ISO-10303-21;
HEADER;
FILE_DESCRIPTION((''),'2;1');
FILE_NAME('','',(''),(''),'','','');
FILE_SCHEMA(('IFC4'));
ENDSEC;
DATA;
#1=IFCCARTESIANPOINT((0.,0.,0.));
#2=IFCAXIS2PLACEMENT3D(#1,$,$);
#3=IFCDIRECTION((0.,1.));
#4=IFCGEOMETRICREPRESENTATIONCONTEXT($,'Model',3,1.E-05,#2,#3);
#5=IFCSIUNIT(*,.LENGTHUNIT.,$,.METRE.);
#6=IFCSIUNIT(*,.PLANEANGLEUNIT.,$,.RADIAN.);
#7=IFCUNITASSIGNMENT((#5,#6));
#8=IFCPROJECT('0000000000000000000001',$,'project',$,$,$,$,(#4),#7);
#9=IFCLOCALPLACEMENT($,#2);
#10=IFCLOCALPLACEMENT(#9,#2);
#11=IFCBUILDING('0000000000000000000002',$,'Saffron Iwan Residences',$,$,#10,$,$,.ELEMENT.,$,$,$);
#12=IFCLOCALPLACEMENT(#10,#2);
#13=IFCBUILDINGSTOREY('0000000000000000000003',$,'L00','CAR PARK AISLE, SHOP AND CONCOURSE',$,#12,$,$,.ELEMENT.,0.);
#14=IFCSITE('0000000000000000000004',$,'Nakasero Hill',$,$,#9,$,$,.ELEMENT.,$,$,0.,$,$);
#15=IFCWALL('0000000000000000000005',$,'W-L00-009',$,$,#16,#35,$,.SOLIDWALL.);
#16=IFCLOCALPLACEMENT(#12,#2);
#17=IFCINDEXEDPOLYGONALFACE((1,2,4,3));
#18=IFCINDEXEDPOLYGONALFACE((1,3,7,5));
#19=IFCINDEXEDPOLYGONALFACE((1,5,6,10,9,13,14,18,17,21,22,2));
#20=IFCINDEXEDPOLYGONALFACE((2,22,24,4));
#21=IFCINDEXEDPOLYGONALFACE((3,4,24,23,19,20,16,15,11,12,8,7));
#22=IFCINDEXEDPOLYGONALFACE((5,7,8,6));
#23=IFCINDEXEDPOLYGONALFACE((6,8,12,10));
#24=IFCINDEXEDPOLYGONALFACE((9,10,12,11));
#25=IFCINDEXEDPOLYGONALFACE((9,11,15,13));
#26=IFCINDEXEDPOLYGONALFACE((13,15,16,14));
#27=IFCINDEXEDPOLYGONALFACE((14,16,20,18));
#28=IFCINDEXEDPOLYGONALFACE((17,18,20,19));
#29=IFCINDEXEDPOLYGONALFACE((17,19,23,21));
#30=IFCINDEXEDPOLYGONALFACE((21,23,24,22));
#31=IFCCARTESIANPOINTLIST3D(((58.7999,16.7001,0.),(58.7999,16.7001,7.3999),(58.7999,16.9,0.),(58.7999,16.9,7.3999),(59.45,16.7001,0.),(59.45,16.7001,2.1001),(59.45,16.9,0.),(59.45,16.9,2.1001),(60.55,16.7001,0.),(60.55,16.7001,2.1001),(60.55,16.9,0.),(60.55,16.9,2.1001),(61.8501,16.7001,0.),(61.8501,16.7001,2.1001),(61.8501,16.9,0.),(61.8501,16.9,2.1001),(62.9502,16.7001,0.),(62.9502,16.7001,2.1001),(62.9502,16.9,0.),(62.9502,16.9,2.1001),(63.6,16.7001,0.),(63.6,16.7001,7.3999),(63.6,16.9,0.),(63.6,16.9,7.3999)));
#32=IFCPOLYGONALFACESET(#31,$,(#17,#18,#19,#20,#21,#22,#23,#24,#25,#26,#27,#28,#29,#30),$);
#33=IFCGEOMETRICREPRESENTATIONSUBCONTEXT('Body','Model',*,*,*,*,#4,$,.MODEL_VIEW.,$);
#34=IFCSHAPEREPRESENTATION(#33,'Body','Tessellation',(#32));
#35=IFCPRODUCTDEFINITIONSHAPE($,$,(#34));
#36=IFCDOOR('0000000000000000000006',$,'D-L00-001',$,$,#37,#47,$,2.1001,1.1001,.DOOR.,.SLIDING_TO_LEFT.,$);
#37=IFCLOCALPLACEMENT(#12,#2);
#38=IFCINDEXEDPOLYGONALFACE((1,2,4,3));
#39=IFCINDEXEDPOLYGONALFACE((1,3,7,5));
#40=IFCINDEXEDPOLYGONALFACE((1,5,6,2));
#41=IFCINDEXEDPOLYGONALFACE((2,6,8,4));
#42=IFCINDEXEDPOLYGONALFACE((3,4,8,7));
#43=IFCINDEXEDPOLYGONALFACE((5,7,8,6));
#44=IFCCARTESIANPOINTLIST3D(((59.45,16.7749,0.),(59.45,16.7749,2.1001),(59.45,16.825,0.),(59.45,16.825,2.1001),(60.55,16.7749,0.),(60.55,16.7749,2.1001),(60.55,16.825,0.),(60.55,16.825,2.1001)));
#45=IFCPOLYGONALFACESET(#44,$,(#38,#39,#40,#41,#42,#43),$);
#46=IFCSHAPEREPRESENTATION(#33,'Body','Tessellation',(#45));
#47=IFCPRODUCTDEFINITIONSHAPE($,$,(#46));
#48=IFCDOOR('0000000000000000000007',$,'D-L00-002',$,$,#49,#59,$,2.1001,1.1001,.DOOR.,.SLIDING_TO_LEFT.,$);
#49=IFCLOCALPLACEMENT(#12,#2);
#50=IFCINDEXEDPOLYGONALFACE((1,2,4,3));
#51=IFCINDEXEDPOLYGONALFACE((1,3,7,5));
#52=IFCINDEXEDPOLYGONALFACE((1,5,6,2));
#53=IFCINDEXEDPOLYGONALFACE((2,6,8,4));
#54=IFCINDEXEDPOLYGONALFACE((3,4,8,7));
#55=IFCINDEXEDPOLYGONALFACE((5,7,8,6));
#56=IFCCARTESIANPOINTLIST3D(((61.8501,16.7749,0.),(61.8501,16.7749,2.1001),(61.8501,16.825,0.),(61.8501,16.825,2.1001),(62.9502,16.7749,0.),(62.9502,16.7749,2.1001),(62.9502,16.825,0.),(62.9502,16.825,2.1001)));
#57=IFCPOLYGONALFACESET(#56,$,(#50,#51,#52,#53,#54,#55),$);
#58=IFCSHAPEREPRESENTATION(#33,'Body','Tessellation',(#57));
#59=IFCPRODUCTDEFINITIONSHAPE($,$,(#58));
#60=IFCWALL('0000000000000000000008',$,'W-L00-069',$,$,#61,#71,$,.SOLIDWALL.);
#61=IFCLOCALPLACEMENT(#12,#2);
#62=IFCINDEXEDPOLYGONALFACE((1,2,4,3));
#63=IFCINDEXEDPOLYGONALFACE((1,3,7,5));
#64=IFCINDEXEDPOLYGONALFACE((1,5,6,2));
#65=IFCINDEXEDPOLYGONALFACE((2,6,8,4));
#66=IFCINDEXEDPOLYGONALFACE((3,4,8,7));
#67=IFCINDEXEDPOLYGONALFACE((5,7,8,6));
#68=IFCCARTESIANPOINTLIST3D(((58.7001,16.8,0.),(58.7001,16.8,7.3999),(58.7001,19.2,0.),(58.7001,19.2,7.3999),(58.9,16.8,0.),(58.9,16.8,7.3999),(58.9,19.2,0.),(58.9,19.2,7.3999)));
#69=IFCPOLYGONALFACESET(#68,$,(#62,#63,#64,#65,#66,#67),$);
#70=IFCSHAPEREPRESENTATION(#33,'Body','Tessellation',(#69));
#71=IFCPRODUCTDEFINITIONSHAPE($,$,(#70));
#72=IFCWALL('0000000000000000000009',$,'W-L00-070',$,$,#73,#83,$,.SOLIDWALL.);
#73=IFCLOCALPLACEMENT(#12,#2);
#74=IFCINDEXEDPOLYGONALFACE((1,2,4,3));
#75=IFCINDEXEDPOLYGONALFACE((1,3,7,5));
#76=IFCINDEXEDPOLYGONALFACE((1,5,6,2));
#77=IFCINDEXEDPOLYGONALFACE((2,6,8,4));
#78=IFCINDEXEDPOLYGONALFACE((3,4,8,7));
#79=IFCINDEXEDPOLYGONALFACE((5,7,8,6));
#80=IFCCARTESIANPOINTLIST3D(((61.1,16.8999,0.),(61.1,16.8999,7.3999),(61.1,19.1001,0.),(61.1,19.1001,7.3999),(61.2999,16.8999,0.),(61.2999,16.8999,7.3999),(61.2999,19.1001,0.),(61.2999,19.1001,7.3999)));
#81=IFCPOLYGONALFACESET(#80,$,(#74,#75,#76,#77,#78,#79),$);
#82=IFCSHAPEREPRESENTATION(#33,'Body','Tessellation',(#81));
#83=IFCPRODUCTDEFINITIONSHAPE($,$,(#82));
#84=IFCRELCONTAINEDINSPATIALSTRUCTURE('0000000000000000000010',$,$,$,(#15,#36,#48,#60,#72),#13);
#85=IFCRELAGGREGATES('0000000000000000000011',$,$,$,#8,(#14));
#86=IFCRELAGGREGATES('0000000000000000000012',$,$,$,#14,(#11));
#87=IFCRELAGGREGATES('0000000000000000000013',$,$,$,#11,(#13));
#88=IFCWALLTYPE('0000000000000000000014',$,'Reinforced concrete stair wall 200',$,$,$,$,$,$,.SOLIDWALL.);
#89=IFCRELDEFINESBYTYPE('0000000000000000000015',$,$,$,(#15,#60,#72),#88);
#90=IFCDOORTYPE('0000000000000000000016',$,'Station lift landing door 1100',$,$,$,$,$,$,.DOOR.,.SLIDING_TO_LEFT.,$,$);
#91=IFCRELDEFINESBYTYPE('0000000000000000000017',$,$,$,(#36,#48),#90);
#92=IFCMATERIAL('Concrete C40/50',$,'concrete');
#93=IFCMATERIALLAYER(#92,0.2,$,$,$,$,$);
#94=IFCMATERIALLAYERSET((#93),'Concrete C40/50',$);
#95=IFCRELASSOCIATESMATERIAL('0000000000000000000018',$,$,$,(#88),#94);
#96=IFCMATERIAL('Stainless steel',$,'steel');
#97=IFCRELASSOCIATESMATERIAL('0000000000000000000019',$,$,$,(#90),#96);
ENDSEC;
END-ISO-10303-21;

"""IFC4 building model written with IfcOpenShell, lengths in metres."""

from ifc_helpers import new_model, si_unit, direction, frame, frame_2d, origin, place, context, subcontext, project, spatial, rectangle, extrude, material, layer, layer_set, type_object, element, fill, save


model = new_model("IFC4")

# Units and contexts
model_context = context("Model", 3, precision=1e-05, world=origin(), true_north=direction((0.0, 1.0)))
body_context = subcontext(model_context, "Body", "Model", "MODEL_VIEW")
ifc_project = project(units=[si_unit("LENGTHUNIT", "METRE"), si_unit("PLANEANGLEUNIT", "RADIAN")], contexts=[model_context])

# Site, building, storey
site_placement = place(None, origin())
site = spatial("IfcSite", under=ifc_project, at=site_placement, Name="Nakasero Hill", CompositionType="ELEMENT", RefElevation=0.0)
building_placement = place(site_placement, origin())
building = spatial("IfcBuilding", under=site, at=building_placement, Name="Saffron Iwan Residences", CompositionType="ELEMENT")
storey_placement = place(building_placement, origin())
storey = spatial("IfcBuildingStorey", under=building, at=storey_placement, Name="L00", Description="CAR PARK AISLE, SHOP AND CONCOURSE", CompositionType="ELEMENT", Elevation=0.0)

# Wall, openings, doors
ifc_material_1 = material(Name="Concrete C40/50", Category="concrete")
ifc_layer_1 = layer(ifc_material_1, 0.2)
ifc_layer_set_1 = layer_set([ifc_layer_1], Name="Concrete C40/50")
wall_type_1 = type_object("IfcWallType", Name="Reinforced concrete stair wall 200", PredefinedType="SOLIDWALL", material=ifc_layer_set_1)
wall_1_placement = place(storey_placement, frame((58.8, 16.8, 0.0), z_axis=(0.0, 0.0, 1.0), x_axis=(1.0, 0.0, 0.0)))
wall_1 = element("IfcWall", 1, at=wall_1_placement, inside=storey, type_object=wall_type_1, Name="W-L00-009", PredefinedType="SOLIDWALL", context=body_context, shape_type="SweptSolid", body=[
    extrude(rectangle(XDim=4.8, YDim=0.2, at=frame_2d((2.3999, 0.0))), origin(), (0.0, 0.0, 1.0), 7.3999),
])
opening_1_placement = place(wall_1_placement, frame((0.6499, 0.0, 0.0)))
opening_1 = element("IfcOpeningElement", 2, at=opening_1_placement, cuts=wall_1, PredefinedType="OPENING", context=body_context, shape_type="SweptSolid", body=[
    extrude(rectangle(XDim=1.1001, YDim=2.1001, at=frame_2d((0.55, 1.05))), frame((0.0, 0.1099, 0.0), z_axis=(0.0, -1.0, 0.0), x_axis=(1.0, 0.0, 0.0)), (0.0, 0.0, 1.0), 0.22),
])
opening_2_placement = place(wall_1_placement, frame((3.05, 0.0, 0.0)))
opening_2 = element("IfcOpeningElement", 3, at=opening_2_placement, cuts=wall_1, PredefinedType="OPENING", context=body_context, shape_type="SweptSolid", body=[
    extrude(rectangle(XDim=1.1001, YDim=2.1001, at=frame_2d((0.55, 1.05))), frame((0.0, 0.1099, 0.0), z_axis=(0.0, -1.0, 0.0), x_axis=(1.0, 0.0, 0.0)), (0.0, 0.0, 1.0), 0.22),
])
ifc_material_2 = material(Name="Stainless steel", Category="steel")
door_type_1 = type_object("IfcDoorType", Name="Station lift landing door 1100", OperationType="SLIDING_TO_LEFT", PredefinedType="DOOR", material=ifc_material_2)
door_1_placement = place(opening_1_placement, origin())
door_1 = element("IfcDoor", 4, at=door_1_placement, inside=storey, type_object=door_type_1, Name="D-L00-001", OperationType="SLIDING_TO_LEFT", OverallHeight=2.1001, OverallWidth=1.1001, PredefinedType="DOOR", context=body_context, shape_type="SweptSolid", body=[
    extrude(rectangle(XDim=1.1001, YDim=2.1001, at=frame_2d((0.55, 1.05))), frame((0.0, 0.0249, 0.0), z_axis=(0.0, -1.0, 0.0), x_axis=(1.0, 0.0, 0.0)), (0.0, 0.0, 1.0), 0.05),
])
fill(opening_1, door_1)
door_2_placement = place(opening_2_placement, origin())
door_2 = element("IfcDoor", 5, at=door_2_placement, inside=storey, type_object=door_type_1, Name="D-L00-002", OperationType="SLIDING_TO_LEFT", OverallHeight=2.1001, OverallWidth=1.1001, PredefinedType="DOOR", context=body_context, shape_type="SweptSolid", body=[
    extrude(rectangle(XDim=1.1001, YDim=2.1001, at=frame_2d((0.55, 1.05))), frame((0.0, 0.0249, 0.0), z_axis=(0.0, -1.0, 0.0), x_axis=(1.0, 0.0, 0.0)), (0.0, 0.0, 1.0), 0.05),
])
fill(opening_2, door_2)

# Walls
wall_2_placement = place(storey_placement, frame((58.8, 16.8, 0.0), z_axis=(0.0, 0.0, 1.0), x_axis=(0.0, 1.0, 0.0)))
element("IfcWall", 6, at=wall_2_placement, inside=storey, type_object=wall_type_1, Name="W-L00-069", PredefinedType="SOLIDWALL", context=body_context, shape_type="SweptSolid", body=[
    extrude(rectangle(XDim=2.3999, YDim=0.2, at=frame_2d((1.2, 0.0))), origin(), (0.0, 0.0, 1.0), 7.3999),
])
wall_3_placement = place(storey_placement, frame((61.2, 16.8999, 0.0), z_axis=(0.0, 0.0, 1.0), x_axis=(0.0, 1.0, 0.0)))
element("IfcWall", 7, at=wall_3_placement, inside=storey, type_object=wall_type_1, Name="W-L00-070", PredefinedType="SOLIDWALL", context=body_context, shape_type="SweptSolid", body=[
    extrude(rectangle(XDim=2.2002, YDim=0.2, at=frame_2d((1.1001, 0.0))), origin(), (0.0, 0.0, 1.0), 7.3999),
])

save(model, "model.ifc")
